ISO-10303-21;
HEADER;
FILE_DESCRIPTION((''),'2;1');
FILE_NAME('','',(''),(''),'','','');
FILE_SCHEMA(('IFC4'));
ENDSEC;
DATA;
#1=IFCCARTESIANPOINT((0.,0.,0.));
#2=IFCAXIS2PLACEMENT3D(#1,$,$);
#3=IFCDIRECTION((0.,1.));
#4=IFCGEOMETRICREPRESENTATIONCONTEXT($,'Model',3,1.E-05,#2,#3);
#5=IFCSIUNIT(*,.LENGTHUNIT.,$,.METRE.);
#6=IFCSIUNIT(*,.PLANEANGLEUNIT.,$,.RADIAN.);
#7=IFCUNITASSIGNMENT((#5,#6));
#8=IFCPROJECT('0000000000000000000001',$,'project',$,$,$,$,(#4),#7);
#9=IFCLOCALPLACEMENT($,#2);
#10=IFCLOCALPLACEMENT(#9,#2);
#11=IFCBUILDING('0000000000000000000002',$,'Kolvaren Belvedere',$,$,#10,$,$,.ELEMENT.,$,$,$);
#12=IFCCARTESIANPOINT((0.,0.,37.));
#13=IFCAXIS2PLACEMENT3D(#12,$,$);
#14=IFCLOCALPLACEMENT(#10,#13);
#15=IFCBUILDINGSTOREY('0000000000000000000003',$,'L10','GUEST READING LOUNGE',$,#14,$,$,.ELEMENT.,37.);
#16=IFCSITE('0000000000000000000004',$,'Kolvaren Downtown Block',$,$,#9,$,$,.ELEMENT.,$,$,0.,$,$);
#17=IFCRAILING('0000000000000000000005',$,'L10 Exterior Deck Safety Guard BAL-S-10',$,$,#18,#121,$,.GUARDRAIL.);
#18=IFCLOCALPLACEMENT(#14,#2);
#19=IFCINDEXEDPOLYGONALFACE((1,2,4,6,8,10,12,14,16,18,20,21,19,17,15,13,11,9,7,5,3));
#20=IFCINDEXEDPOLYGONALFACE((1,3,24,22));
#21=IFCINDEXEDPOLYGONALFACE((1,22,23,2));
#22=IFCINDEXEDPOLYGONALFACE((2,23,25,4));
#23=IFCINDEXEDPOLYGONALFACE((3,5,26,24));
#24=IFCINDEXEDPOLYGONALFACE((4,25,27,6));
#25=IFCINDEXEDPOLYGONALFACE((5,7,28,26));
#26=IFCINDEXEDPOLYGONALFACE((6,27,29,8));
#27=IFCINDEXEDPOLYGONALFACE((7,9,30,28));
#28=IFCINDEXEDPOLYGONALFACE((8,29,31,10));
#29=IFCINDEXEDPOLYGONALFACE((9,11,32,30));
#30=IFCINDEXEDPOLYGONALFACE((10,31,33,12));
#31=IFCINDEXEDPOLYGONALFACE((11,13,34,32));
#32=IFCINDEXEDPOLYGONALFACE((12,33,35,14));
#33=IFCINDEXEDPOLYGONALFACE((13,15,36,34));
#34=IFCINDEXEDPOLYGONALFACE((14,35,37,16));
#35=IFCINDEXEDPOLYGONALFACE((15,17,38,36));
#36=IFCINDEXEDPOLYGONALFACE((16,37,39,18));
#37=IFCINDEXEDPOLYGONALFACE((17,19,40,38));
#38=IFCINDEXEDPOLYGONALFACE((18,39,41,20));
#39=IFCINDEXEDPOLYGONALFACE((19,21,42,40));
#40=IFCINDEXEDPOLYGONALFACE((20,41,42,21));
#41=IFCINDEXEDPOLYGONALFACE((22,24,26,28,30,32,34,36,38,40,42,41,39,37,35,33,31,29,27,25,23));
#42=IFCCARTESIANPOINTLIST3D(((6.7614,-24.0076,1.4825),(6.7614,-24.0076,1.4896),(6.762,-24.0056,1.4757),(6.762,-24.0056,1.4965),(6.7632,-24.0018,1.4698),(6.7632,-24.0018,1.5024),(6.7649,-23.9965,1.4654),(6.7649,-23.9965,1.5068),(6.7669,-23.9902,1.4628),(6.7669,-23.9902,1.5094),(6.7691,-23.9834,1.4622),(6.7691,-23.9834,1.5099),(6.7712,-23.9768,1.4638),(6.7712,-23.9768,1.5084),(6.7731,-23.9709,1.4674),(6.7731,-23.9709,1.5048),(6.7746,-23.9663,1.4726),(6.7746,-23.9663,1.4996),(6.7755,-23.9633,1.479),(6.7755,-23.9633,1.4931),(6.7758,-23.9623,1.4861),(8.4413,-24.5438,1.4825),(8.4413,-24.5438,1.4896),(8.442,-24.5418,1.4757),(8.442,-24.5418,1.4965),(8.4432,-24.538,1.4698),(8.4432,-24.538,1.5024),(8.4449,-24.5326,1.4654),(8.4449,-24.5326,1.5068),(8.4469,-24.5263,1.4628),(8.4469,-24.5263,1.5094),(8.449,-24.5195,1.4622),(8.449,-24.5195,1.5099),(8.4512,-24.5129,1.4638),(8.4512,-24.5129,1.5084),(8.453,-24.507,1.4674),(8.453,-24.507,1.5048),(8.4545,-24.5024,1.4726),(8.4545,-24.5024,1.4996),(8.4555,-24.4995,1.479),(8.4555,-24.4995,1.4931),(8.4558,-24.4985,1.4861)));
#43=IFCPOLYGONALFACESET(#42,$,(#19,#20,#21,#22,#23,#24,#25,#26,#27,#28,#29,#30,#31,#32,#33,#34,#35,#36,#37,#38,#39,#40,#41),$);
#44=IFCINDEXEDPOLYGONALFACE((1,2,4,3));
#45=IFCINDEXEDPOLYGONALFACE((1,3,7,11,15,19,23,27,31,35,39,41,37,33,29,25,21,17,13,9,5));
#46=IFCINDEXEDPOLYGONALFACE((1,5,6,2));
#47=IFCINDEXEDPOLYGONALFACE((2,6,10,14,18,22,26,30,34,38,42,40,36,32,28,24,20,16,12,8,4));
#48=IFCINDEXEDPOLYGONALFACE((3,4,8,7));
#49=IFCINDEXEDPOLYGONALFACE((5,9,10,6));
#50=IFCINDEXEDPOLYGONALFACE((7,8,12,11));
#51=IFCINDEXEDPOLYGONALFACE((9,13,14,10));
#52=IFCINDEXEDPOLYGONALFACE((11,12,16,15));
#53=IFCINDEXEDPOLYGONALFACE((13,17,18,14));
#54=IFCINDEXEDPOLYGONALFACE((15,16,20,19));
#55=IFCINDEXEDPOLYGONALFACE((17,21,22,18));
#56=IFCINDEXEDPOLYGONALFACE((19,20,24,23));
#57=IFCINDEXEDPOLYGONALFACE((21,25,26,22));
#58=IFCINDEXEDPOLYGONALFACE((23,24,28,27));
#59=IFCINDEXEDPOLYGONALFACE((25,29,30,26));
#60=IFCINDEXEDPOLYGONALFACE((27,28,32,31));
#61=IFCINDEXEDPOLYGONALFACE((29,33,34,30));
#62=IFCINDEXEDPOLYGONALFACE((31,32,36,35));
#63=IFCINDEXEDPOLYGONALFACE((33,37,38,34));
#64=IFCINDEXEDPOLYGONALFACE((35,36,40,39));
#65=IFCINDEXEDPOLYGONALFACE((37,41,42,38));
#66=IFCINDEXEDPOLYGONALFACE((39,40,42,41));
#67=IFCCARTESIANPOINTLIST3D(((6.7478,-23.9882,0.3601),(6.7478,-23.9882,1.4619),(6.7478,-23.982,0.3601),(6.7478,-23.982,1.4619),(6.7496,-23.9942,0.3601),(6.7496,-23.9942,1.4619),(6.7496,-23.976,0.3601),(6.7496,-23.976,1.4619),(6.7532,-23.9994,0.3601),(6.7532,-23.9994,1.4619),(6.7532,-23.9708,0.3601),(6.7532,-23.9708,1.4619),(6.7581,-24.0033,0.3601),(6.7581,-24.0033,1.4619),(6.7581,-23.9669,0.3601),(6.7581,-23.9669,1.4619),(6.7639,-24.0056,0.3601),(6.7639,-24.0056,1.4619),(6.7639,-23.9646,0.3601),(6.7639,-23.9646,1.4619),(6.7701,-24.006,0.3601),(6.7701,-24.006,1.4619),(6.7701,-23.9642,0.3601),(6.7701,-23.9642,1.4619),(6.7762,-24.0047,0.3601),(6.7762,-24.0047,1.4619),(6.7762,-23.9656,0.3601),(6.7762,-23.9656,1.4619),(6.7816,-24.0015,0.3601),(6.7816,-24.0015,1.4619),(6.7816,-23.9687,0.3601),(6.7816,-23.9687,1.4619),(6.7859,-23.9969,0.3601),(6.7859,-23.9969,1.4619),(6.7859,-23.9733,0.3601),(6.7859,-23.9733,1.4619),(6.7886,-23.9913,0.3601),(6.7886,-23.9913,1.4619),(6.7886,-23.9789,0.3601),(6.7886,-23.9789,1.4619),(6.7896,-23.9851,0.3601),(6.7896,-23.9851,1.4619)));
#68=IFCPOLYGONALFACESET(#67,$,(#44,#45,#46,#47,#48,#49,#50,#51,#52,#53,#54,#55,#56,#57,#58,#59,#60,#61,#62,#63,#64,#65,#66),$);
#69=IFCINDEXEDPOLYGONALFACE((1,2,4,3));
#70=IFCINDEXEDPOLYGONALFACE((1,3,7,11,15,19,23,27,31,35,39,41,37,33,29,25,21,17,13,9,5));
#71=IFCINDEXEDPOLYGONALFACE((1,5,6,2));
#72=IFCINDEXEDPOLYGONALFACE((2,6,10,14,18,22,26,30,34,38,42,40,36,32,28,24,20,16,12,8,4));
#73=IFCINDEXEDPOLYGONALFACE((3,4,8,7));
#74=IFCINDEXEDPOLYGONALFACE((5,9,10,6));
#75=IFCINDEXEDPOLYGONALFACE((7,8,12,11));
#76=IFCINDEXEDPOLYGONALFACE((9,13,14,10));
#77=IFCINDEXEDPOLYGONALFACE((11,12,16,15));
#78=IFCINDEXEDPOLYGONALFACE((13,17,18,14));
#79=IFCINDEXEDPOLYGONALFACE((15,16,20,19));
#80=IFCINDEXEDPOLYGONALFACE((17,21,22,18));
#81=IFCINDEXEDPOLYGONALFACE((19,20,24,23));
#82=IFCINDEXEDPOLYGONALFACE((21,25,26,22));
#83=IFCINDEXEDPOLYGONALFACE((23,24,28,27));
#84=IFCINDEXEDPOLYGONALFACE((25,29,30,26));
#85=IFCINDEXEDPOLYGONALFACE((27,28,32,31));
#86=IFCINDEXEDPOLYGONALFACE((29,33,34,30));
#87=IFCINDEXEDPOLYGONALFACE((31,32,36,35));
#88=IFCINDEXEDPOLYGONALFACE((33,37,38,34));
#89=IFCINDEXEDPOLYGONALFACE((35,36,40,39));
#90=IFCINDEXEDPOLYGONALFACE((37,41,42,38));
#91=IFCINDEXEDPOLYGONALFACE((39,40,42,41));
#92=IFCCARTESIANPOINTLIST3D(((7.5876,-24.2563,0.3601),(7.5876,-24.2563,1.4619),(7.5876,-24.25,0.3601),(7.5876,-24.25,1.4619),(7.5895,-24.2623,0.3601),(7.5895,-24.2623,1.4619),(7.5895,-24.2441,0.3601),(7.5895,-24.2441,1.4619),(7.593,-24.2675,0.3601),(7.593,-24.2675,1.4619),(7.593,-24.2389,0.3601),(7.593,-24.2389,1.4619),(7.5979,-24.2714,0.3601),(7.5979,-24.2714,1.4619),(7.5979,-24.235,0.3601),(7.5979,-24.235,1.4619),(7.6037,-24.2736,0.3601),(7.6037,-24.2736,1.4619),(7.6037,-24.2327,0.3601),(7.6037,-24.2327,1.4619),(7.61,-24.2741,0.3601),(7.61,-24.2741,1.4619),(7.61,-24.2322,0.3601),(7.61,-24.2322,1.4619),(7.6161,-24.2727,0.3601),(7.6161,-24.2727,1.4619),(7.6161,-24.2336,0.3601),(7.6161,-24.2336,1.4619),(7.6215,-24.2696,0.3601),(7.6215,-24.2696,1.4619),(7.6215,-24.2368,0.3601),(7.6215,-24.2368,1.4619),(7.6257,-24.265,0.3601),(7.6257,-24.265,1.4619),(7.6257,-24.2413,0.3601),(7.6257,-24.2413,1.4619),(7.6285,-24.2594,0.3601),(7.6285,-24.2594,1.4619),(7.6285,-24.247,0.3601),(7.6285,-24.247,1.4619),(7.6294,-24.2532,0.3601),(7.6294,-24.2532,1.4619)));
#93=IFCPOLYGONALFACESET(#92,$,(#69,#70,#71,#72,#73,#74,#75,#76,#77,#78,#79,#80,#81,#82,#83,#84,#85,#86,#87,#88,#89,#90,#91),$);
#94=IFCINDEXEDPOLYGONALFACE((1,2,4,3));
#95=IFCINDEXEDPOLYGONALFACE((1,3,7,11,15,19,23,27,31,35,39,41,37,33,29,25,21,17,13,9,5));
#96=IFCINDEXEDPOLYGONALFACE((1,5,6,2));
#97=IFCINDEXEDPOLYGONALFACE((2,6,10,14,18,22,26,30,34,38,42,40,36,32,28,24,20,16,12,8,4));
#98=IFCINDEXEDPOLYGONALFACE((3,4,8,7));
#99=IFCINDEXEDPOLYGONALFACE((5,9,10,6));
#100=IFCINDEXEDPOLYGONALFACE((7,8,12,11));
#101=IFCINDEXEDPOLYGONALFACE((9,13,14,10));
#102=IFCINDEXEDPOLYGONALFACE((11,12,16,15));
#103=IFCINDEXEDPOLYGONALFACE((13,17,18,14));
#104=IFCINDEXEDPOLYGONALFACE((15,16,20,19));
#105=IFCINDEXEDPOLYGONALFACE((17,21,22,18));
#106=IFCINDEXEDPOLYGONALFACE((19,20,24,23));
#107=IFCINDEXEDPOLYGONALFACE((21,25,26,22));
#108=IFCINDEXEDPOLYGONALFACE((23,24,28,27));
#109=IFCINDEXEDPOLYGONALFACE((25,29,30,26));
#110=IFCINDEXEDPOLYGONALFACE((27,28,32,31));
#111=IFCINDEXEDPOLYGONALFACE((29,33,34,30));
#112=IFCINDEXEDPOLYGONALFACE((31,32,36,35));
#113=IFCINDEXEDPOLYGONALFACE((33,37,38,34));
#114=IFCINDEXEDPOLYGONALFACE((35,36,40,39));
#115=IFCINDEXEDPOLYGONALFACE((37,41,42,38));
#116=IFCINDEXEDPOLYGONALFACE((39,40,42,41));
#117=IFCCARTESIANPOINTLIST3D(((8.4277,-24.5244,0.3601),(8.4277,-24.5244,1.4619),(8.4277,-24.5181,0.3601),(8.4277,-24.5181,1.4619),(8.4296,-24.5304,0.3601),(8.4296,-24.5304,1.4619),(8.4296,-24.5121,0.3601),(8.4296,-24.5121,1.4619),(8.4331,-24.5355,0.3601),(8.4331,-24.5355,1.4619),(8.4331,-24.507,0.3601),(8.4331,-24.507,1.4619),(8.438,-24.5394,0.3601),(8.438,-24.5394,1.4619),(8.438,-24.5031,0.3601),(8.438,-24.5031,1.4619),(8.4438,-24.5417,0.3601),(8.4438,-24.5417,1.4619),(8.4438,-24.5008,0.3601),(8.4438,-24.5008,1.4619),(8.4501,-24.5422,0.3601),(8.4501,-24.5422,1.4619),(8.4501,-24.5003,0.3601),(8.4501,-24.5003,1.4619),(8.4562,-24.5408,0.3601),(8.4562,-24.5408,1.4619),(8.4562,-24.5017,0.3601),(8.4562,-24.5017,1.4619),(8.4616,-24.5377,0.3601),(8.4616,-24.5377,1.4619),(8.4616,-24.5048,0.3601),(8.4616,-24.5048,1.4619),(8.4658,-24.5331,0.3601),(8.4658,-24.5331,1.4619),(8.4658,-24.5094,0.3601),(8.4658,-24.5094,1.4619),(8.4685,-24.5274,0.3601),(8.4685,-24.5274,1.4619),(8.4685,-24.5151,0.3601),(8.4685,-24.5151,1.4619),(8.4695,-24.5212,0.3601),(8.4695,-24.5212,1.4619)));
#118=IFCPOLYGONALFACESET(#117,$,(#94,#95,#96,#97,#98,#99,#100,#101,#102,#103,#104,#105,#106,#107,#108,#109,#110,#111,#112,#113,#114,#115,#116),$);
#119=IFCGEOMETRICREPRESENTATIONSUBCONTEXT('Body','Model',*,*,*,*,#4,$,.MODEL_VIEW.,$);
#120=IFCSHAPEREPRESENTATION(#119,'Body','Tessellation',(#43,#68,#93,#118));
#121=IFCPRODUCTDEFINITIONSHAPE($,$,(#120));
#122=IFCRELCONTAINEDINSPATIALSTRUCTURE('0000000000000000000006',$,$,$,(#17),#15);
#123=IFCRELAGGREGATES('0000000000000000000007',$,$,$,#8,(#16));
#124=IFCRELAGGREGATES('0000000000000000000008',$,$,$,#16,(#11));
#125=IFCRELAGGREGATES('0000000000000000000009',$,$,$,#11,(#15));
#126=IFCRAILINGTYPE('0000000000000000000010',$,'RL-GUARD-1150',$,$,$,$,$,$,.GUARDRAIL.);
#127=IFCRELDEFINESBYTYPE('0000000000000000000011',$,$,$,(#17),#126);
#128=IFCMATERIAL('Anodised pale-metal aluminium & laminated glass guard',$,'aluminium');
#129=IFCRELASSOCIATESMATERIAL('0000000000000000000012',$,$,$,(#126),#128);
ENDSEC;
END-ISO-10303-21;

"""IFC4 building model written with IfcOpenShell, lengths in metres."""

from ifc_helpers import new_model, si_unit, direction, frame, origin, origin_2d, place, context, subcontext, project, spatial, circle, extrude, material, type_object, element, save


model = new_model("IFC4")

# Units and contexts
model_context = context("Model", 3, precision=1e-05, world=origin(), true_north=direction((0.0, 1.0)))
body_context = subcontext(model_context, "Body", "Model", "MODEL_VIEW")
ifc_project = project(units=[si_unit("LENGTHUNIT", "METRE"), si_unit("PLANEANGLEUNIT", "RADIAN")], contexts=[model_context])

# Site, building, storey
site_placement = place(None, origin())
site = spatial("IfcSite", under=ifc_project, at=site_placement, Name="Kolvaren Downtown Block", CompositionType="ELEMENT", RefElevation=0.0)
building_placement = place(site_placement, origin())
building = spatial("IfcBuilding", under=site, at=building_placement, Name="Kolvaren Belvedere", CompositionType="ELEMENT")
storey_placement = place(building_placement, frame((0.0, 0.0, 37.0)))
storey = spatial("IfcBuildingStorey", under=building, at=storey_placement, Name="L10", Description="GUEST READING LOUNGE", CompositionType="ELEMENT", Elevation=37.0)

# Railing
ifc_material_1 = material(Name="Anodised pale-metal aluminium & laminated glass guard", Category="aluminium")
railing_type = type_object("IfcRailingType", Name="RL-GUARD-1150", PredefinedType="GUARDRAIL", material=ifc_material_1)
railing_1_placement = place(storey_placement, frame((6.7686, -23.9851, 0.3601)))
element("IfcRailing", 1, at=railing_1_placement, inside=storey, type_object=railing_type, Name="L10 Exterior Deck Safety Guard BAL-S-10", PredefinedType="GUARDRAIL", context=body_context, shape_type="SweptSolid", body=[
    extrude(circle(Radius=0.0239, at=origin_2d()), frame((0.0, 0.0, 1.126), z_axis=(0.952662, -0.304032, 0.0), x_axis=(0.304032, 0.952662, 0.0)), (0.0, 0.0, 1.0), 1.7634),
    extrude(circle(Radius=0.021, at=origin_2d()), origin(), (0.0, 0.0, 1.0), 1.1018),
    extrude(circle(Radius=0.021, at=origin_2d()), frame((0.8398, -0.2681, 0.0)), (0.0, 0.0, 1.0), 1.1018),
    extrude(circle(Radius=0.021, at=origin_2d()), frame((1.6799, -0.5361, 0.0)), (0.0, 0.0, 1.0), 1.1018),
])

save(model, "model.ifc")
